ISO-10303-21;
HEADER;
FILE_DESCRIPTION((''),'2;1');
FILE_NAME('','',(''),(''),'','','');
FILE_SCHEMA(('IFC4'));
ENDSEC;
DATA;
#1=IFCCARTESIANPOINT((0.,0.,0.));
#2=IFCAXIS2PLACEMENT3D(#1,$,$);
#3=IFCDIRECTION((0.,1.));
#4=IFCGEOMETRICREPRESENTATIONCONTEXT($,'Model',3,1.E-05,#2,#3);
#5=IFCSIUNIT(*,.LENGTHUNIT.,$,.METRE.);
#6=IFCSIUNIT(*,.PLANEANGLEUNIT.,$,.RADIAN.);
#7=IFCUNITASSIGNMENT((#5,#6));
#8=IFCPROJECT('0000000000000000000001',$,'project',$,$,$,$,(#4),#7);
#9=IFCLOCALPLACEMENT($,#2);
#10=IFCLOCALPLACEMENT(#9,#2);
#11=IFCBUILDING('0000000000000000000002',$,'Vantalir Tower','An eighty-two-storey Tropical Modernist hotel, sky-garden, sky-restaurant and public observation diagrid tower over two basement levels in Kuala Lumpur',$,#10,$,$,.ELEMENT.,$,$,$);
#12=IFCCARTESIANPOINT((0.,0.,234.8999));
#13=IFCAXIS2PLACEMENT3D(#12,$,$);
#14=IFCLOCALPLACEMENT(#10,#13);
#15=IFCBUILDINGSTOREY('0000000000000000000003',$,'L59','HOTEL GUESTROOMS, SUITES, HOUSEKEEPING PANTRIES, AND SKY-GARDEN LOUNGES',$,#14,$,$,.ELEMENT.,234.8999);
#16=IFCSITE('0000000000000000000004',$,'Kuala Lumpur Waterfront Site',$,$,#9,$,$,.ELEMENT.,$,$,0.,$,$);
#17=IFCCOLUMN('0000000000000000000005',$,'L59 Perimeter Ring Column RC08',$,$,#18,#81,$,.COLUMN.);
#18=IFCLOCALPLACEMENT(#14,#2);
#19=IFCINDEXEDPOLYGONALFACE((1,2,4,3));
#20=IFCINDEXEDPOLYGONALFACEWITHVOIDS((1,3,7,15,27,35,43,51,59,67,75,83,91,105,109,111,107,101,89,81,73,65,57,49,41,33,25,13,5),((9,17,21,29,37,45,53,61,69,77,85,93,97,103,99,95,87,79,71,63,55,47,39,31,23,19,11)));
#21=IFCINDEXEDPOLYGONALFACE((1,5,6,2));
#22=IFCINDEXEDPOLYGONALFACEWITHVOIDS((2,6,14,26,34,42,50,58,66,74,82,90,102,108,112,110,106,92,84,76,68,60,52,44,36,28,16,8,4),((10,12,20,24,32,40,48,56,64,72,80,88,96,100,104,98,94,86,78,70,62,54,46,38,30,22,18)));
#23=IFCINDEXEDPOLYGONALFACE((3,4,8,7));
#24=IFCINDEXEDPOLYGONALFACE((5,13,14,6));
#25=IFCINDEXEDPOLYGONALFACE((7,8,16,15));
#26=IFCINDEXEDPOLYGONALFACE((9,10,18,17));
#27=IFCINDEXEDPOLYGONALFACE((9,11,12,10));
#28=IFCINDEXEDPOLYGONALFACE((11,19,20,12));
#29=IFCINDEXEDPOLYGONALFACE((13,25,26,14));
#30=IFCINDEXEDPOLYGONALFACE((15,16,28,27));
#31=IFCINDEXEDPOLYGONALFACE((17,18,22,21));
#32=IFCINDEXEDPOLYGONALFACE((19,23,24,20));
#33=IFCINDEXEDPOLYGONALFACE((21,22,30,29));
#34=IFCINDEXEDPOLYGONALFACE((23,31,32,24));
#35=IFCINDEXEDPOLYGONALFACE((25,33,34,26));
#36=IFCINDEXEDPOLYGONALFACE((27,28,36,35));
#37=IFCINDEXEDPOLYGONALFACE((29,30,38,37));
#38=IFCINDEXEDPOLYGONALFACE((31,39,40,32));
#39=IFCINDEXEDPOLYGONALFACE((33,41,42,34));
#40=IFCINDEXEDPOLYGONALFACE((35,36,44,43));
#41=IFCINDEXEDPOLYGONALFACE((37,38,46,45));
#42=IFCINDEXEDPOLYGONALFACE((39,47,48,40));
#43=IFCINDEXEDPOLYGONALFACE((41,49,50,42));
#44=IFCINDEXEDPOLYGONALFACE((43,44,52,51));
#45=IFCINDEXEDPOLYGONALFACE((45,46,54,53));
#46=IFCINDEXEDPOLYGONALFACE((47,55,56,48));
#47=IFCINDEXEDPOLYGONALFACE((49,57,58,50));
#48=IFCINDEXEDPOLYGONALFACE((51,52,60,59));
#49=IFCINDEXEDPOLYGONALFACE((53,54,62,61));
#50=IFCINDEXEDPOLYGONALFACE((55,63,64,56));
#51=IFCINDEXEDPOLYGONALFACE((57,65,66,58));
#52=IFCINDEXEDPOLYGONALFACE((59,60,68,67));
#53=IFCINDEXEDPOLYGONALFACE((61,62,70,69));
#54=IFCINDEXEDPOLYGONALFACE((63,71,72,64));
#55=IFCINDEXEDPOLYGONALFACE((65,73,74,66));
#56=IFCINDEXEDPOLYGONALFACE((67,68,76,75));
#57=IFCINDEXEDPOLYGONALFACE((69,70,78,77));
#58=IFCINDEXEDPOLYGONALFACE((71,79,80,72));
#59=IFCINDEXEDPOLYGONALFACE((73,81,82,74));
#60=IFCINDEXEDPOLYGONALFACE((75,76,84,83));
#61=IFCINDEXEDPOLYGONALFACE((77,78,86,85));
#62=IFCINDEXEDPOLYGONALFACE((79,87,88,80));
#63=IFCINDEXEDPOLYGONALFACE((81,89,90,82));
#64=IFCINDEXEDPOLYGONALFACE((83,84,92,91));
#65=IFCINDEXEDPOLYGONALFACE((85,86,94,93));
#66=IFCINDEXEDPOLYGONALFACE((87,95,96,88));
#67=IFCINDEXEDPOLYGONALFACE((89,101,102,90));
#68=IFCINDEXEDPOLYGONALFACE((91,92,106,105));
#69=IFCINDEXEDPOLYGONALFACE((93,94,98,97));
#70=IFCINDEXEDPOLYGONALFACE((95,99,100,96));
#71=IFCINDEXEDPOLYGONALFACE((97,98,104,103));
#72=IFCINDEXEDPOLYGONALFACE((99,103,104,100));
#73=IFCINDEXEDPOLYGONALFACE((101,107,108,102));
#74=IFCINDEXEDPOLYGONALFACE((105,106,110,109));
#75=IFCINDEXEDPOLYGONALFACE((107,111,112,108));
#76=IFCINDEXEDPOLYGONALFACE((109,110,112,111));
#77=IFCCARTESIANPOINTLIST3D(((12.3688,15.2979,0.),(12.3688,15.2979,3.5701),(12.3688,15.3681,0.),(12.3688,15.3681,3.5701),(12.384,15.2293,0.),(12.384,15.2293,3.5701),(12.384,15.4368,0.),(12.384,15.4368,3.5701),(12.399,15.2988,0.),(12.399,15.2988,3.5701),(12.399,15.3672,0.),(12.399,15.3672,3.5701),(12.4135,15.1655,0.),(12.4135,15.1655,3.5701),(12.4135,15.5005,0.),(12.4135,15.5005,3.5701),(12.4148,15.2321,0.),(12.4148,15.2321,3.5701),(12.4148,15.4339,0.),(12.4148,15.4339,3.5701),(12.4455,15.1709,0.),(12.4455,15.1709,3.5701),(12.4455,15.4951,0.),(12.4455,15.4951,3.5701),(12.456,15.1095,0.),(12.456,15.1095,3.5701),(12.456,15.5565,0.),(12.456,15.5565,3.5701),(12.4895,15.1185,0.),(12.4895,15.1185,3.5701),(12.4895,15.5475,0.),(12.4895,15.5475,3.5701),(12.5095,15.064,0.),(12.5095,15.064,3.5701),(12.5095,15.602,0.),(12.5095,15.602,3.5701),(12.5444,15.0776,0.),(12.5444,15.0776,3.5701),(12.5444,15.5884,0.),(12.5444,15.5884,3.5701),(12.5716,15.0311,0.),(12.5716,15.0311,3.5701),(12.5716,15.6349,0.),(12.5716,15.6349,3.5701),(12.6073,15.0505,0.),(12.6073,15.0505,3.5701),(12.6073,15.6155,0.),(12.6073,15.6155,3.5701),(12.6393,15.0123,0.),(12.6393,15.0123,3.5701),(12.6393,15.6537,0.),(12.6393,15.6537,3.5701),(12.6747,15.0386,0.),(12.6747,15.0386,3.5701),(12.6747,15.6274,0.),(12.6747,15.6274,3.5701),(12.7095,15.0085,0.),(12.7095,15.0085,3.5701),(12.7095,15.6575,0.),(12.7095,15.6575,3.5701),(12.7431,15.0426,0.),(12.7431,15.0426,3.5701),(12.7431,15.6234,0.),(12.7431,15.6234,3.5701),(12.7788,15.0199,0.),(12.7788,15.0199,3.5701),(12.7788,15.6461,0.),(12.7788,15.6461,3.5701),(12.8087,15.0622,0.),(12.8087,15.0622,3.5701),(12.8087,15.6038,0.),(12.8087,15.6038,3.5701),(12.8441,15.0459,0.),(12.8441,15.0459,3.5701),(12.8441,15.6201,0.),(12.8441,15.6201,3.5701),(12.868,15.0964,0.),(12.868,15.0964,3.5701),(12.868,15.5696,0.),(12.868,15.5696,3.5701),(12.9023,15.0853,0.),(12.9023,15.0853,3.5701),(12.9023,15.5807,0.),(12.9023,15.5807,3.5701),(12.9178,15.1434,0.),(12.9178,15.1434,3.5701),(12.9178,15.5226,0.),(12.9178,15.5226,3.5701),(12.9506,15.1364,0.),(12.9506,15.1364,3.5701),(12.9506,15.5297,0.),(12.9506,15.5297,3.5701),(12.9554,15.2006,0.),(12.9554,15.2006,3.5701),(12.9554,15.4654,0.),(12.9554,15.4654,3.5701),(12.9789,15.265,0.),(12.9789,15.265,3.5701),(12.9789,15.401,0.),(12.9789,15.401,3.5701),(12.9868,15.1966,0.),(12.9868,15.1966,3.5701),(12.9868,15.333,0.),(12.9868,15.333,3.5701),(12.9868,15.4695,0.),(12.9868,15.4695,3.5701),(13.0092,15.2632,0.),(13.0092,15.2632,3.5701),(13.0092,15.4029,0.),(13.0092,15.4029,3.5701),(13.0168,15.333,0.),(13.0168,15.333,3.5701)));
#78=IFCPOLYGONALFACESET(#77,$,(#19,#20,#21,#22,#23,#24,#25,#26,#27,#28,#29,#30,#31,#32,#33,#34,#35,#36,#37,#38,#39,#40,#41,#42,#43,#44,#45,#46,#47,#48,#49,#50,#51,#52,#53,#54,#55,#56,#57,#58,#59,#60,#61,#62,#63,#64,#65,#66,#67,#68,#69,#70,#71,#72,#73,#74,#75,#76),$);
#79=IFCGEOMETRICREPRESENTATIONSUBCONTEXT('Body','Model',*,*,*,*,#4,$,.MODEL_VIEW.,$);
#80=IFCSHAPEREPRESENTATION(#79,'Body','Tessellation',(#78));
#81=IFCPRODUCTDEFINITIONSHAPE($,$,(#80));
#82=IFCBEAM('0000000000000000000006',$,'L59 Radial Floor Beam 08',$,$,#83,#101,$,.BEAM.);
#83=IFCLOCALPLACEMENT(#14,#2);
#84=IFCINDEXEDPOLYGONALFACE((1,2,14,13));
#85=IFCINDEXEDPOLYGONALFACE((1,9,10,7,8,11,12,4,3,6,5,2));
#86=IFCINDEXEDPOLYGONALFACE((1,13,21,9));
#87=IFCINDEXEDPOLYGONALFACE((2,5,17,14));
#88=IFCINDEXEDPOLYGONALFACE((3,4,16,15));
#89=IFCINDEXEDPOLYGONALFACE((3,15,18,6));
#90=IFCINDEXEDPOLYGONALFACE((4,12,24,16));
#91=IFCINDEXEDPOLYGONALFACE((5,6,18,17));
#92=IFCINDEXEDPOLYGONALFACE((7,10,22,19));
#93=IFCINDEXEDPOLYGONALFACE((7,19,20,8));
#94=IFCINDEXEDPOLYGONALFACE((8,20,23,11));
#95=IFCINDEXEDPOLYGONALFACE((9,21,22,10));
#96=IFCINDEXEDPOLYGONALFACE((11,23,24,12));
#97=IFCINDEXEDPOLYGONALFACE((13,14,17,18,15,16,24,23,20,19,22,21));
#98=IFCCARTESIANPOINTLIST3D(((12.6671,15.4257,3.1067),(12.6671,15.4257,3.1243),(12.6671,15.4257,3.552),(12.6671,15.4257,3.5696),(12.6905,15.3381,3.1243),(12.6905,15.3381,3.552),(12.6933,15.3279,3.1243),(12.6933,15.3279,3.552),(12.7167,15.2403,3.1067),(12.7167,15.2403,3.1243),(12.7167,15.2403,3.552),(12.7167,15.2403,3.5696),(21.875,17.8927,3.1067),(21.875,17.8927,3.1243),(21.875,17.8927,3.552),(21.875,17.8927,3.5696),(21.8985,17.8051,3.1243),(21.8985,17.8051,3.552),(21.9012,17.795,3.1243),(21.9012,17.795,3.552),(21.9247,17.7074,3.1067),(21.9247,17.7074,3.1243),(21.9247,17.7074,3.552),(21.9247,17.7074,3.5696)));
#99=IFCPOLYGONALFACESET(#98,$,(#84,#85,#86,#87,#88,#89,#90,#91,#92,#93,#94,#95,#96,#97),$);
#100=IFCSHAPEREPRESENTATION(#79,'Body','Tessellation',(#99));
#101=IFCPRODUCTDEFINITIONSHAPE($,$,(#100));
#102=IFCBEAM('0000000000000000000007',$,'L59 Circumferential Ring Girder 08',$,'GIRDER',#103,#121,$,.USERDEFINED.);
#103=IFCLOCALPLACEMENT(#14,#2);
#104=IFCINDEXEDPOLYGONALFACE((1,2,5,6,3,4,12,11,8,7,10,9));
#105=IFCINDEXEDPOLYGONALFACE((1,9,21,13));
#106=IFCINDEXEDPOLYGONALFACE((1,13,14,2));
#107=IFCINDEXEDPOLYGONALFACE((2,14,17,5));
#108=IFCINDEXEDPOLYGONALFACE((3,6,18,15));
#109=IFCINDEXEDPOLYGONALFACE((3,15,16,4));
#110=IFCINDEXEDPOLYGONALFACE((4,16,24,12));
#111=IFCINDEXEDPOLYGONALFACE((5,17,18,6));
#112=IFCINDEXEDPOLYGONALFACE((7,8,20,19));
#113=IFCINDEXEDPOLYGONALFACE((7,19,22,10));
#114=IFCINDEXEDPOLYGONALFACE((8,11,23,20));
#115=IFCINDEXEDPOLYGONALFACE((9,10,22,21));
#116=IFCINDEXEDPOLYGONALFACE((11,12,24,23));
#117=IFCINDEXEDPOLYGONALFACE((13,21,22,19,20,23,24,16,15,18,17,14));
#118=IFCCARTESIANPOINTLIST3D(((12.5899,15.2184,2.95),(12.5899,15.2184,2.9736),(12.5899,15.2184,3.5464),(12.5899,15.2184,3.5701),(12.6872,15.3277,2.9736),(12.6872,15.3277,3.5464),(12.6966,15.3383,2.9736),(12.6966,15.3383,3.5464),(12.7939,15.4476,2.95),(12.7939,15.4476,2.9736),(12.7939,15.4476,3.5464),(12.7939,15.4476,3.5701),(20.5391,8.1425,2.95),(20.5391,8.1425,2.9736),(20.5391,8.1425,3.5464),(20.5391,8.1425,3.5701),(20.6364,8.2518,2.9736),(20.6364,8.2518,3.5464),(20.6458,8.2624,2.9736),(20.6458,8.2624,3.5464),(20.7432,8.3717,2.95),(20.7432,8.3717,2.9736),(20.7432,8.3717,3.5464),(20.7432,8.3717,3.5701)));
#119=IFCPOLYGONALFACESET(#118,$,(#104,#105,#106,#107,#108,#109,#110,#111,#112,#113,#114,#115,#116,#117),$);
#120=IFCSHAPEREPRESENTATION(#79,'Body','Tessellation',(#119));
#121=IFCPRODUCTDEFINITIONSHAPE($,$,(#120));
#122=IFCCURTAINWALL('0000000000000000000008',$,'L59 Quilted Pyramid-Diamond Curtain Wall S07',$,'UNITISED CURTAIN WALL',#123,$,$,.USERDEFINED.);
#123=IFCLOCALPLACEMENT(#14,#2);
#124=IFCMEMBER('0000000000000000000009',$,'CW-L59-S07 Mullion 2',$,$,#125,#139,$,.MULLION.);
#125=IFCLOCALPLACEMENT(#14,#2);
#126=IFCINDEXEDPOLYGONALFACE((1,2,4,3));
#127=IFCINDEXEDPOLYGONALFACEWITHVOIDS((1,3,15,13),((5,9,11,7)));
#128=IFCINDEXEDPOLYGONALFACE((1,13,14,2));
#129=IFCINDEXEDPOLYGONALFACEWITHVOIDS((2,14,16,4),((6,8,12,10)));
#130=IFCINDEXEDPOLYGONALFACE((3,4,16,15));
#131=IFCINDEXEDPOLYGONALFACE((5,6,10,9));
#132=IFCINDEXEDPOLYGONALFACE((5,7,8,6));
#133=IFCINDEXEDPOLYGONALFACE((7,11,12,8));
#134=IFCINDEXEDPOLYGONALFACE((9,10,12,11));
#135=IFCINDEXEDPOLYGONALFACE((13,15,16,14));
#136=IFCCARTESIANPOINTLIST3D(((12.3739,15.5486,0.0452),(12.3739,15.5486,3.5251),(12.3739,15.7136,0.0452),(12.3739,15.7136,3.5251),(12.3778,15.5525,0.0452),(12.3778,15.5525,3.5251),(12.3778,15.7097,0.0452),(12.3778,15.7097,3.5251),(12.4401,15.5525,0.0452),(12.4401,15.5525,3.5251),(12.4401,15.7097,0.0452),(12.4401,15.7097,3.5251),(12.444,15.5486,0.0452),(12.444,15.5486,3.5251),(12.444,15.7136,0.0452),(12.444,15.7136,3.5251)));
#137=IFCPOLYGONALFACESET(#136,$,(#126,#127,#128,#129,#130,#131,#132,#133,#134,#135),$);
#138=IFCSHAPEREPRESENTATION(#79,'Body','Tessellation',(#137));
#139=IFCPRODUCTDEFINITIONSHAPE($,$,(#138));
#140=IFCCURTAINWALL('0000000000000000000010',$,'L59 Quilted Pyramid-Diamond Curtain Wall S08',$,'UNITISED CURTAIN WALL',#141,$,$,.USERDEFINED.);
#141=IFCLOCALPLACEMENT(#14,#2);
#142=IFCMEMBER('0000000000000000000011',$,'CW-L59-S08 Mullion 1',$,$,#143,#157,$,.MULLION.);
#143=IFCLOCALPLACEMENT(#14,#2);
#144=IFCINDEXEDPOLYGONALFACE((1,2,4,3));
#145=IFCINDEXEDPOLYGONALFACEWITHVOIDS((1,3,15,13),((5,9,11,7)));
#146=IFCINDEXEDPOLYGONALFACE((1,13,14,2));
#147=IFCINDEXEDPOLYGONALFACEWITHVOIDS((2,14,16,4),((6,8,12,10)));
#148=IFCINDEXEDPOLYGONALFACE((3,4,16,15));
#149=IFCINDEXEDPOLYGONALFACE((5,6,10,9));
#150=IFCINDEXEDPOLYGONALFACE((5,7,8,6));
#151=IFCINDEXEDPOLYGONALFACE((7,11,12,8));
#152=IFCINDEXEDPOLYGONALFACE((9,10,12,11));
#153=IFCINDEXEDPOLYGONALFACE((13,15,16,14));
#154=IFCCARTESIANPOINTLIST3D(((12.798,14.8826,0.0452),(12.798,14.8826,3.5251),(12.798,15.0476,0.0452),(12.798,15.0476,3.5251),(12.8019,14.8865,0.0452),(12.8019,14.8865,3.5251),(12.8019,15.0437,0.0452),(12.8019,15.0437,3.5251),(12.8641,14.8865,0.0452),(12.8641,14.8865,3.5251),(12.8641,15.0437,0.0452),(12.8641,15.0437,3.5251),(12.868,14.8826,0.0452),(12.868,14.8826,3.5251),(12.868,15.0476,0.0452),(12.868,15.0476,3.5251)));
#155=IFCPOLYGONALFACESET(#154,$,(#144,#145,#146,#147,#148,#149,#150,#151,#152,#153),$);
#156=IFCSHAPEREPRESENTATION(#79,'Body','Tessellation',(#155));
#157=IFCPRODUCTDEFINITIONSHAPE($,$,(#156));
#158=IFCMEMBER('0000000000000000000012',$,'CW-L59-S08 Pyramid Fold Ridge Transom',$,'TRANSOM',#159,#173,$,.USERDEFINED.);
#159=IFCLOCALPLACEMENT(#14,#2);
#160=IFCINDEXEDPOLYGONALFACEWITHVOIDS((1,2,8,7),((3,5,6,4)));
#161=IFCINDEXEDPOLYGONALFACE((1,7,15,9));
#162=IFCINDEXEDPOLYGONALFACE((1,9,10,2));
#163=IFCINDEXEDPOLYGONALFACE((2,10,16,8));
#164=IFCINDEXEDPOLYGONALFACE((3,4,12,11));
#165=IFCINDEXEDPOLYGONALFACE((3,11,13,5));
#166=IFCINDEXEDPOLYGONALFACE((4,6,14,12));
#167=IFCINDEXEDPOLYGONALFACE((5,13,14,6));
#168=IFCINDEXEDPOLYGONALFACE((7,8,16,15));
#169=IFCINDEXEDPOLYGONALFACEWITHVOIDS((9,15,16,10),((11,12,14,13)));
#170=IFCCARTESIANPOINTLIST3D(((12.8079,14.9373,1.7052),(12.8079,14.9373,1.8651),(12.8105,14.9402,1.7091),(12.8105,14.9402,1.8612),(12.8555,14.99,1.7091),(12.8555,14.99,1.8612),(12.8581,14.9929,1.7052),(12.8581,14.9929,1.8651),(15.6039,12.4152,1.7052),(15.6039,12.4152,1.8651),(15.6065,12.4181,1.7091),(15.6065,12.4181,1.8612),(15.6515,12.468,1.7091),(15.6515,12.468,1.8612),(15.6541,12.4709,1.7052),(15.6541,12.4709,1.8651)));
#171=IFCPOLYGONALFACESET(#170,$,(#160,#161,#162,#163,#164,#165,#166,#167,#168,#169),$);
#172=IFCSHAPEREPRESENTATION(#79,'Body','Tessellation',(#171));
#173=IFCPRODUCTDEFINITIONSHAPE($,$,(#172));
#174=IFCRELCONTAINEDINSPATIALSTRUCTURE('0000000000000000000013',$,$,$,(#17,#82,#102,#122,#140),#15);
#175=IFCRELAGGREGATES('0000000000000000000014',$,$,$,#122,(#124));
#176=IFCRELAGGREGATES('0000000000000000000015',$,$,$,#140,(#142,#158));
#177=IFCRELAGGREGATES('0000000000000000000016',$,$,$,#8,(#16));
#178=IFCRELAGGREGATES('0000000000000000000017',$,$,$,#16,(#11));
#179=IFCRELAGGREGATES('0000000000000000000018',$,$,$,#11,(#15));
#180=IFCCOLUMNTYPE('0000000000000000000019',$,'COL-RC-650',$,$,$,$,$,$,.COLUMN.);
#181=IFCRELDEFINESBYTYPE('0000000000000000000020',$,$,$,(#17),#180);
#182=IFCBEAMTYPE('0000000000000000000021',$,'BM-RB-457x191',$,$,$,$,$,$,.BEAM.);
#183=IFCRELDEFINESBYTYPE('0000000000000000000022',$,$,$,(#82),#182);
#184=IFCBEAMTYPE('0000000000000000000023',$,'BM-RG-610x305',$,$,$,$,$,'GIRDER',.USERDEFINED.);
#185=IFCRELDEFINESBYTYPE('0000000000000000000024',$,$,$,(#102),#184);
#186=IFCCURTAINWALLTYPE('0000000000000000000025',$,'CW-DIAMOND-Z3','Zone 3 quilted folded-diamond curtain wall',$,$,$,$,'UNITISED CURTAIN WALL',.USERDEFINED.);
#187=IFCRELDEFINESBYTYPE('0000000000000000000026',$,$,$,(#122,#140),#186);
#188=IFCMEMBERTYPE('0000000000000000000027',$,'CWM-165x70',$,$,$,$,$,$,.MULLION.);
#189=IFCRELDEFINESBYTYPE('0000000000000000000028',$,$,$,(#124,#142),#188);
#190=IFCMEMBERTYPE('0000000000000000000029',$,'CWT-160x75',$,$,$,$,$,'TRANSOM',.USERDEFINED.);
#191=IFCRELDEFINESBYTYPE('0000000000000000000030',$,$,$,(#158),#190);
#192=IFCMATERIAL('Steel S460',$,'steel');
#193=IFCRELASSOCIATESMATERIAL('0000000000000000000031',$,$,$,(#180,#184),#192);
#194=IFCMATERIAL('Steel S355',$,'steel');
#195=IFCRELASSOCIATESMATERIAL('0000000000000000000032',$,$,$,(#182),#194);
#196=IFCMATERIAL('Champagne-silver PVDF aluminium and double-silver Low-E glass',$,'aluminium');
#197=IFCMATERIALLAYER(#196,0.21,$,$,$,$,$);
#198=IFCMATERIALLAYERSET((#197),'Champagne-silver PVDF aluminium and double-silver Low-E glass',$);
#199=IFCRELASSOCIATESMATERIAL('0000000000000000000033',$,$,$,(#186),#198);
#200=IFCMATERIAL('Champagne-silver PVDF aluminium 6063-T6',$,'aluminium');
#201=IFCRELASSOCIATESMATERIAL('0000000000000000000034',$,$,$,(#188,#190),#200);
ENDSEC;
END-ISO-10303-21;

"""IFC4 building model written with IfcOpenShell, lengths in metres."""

from ifc_helpers import new_model, si_unit, direction, frame, origin, origin_2d, place, context, subcontext, project, spatial, hollow_rectangle, hollow_circle, i_section, extrude, material, layer, layer_set, material_profile, profile_set, type_object, element, aggregate, save


model = new_model("IFC4")

# Units and contexts
model_context = context("Model", 3, precision=1e-05, world=origin(), true_north=direction((0.0, 1.0)))
body_context = subcontext(model_context, "Body", "Model", "MODEL_VIEW")
ifc_project = project(units=[si_unit("LENGTHUNIT", "METRE"), si_unit("PLANEANGLEUNIT", "RADIAN")], contexts=[model_context])

# Site, building, storey
site_placement = place(None, origin())
site = spatial("IfcSite", under=ifc_project, at=site_placement, Name="Kuala Lumpur Waterfront Site", CompositionType="ELEMENT", RefElevation=0.0)
building_placement = place(site_placement, origin())
building = spatial("IfcBuilding", under=site, at=building_placement, Name="Vantalir Tower", Description="An eighty-two-storey Tropical Modernist hotel, sky-garden, sky-restaurant and public observation diagrid tower over two basement levels in Kuala Lumpur", CompositionType="ELEMENT")
storey_placement = place(building_placement, frame((0.0, 0.0, 234.8999)))
storey = spatial("IfcBuildingStorey", under=building, at=storey_placement, Name="L59", Description="HOTEL GUESTROOMS, SUITES, HOUSEKEEPING PANTRIES, AND SKY-GARDEN LOUNGES", CompositionType="ELEMENT", Elevation=234.8999)

# Column
ifc_material_1 = material(Name="Steel S460", Category="steel")
ifc_material_profile_1 = material_profile(ifc_material_1, hollow_circle(Radius=0.325, WallThickness=0.03, at=origin_2d()), Name="Steel S460")
ifc_profile_set_1 = profile_set([ifc_material_profile_1], Name="Steel S460")
column_type = type_object("IfcColumnType", Name="COL-RC-650", PredefinedType="COLUMN", material=ifc_profile_set_1)
column_placement = place(storey_placement, frame((12.6919, 15.333, 0.0), z_axis=(0.0, 0.0, 1.0), x_axis=(1.0, 0.0, 0.0)))
element("IfcColumn", 1, at=column_placement, inside=storey, type_object=column_type, Name="L59 Perimeter Ring Column RC08", PredefinedType="COLUMN", context=body_context, shape_type="SweptSolid", body=[
    extrude(hollow_circle(Radius=0.325, WallThickness=0.03, at=origin_2d()), origin(), (0.0, 0.0, 1.0), 3.5701),
])

# Beams
ifc_material_2 = material(Name="Steel S355", Category="steel")
ifc_material_profile_2 = material_profile(ifc_material_2, i_section(OverallWidth=0.1919, OverallDepth=0.4629, WebThickness=0.0105, FlangeThickness=0.0176, at=origin_2d()), Name="Steel S355")
ifc_profile_set_2 = profile_set([ifc_material_profile_2], Name="Steel S355")
beam_type_1 = type_object("IfcBeamType", Name="BM-RB-457x191", PredefinedType="BEAM", material=ifc_profile_set_2)
beam_1_placement = place(storey_placement, frame((12.6919, 15.333, 3.3381), z_axis=(0.965932, 0.258796, 0.0), x_axis=(-0.258796, 0.965932, 0.0)))
element("IfcBeam", 2, at=beam_1_placement, inside=storey, type_object=beam_type_1, Name="L59 Radial Floor Beam 08", PredefinedType="BEAM", context=body_context, shape_type="SweptSolid", body=[
    extrude(i_section(OverallWidth=0.1919, OverallDepth=0.4629, WebThickness=0.0105, FlangeThickness=0.0176, at=origin_2d()), origin(), (0.0, 0.0, 1.0), 9.5327),
])
ifc_material_profile_3 = material_profile(ifc_material_1, i_section(OverallWidth=0.3069, OverallDepth=0.6201, WebThickness=0.0142, FlangeThickness=0.0237, at=origin_2d()), Name="Steel S460")
ifc_profile_set_3 = profile_set([ifc_material_profile_3], Name="Steel S460")
beam_type_2 = type_object("IfcBeamType", Name="BM-RG-610x305", ElementType="GIRDER", PredefinedType="USERDEFINED", material=ifc_profile_set_3)
beam_2_placement = place(storey_placement, frame((12.6919, 15.333, 3.26), z_axis=(0.746945, -0.664886, 0.0), x_axis=(0.664886, 0.746945, 0.0)))
element("IfcBeam", 3, at=beam_2_placement, inside=storey, type_object=beam_type_2, Name="L59 Circumferential Ring Girder 08", ObjectType="GIRDER", PredefinedType="USERDEFINED", context=body_context, shape_type="SweptSolid", body=[
    extrude(i_section(OverallWidth=0.3069, OverallDepth=0.6201, WebThickness=0.0142, FlangeThickness=0.0237, at=origin_2d()), origin(), (0.0, 0.0, 1.0), 10.6423),
])

# Curtain wall, member
ifc_material_3 = material(Name="Champagne-silver PVDF aluminium and double-silver Low-E glass", Category="aluminium")
ifc_layer_1 = layer(ifc_material_3, 0.21)
ifc_layer_set_1 = layer_set([ifc_layer_1], Name="Champagne-silver PVDF aluminium and double-silver Low-E glass")
curtain_wall_type = type_object("IfcCurtainWallType", Name="CW-DIAMOND-Z3", Description="Zone 3 quilted folded-diamond curtain wall", ElementType="UNITISED CURTAIN WALL", PredefinedType="USERDEFINED", material=ifc_layer_set_1)
curtain_wall_1_placement = place(storey_placement, origin())
curtain_wall_1 = element("IfcCurtainWall", 4, at=curtain_wall_1_placement, inside=storey, type_object=curtain_wall_type, Name="L59 Quilted Pyramid-Diamond Curtain Wall S07", ObjectType="UNITISED CURTAIN WALL", PredefinedType="USERDEFINED")
ifc_material_4 = material(Name="Champagne-silver PVDF aluminium 6063-T6", Category="aluminium")
ifc_material_profile_4 = material_profile(ifc_material_4, hollow_rectangle(XDim=0.0701, YDim=0.165, WallThickness=0.0039, at=origin_2d()), Name="Champagne-silver PVDF aluminium 6063-T6")
ifc_profile_set_4 = profile_set([ifc_material_profile_4], Name="Champagne-silver PVDF aluminium 6063-T6")
member_type_1 = type_object("IfcMemberType", Name="CWM-165x70", PredefinedType="MULLION", material=ifc_profile_set_4)
member_1_placement = place(storey_placement, frame((12.4089, 15.6311, 0.0452), z_axis=(0.0, 0.0, 1.0), x_axis=(1.0, 0.0, 0.0)))
member_1 = element("IfcMember", 5, at=member_1_placement, type_object=member_type_1, Name="CW-L59-S07 Mullion 2", PredefinedType="MULLION", context=body_context, shape_type="SweptSolid", body=[
    extrude(hollow_rectangle(XDim=0.0701, YDim=0.165, WallThickness=0.0039, at=origin_2d()), origin(), (0.0, 0.0, 1.0), 3.48),
])

# Curtain wall, members
curtain_wall_2_placement = place(storey_placement, origin())
curtain_wall_2 = element("IfcCurtainWall", 6, at=curtain_wall_2_placement, inside=storey, type_object=curtain_wall_type, Name="L59 Quilted Pyramid-Diamond Curtain Wall S08", ObjectType="UNITISED CURTAIN WALL", PredefinedType="USERDEFINED")
member_2_placement = place(storey_placement, frame((12.833, 14.9651, 0.0452), z_axis=(0.0, 0.0, 1.0), x_axis=(1.0, 0.0, 0.0)))
member_2 = element("IfcMember", 7, at=member_2_placement, type_object=member_type_1, Name="CW-L59-S08 Mullion 1", PredefinedType="MULLION", context=body_context, shape_type="SweptSolid", body=[
    extrude(hollow_rectangle(XDim=0.0701, YDim=0.165, WallThickness=0.0039, at=origin_2d()), origin(), (0.0, 0.0, 1.0), 3.48),
])
ifc_material_profile_5 = material_profile(ifc_material_4, hollow_rectangle(XDim=0.075, YDim=0.1599, WallThickness=0.0039, at=origin_2d()), Name="Champagne-silver PVDF aluminium 6063-T6")
ifc_profile_set_5 = profile_set([ifc_material_profile_5], Name="Champagne-silver PVDF aluminium 6063-T6")
member_type_2 = type_object("IfcMemberType", Name="CWT-160x75", ElementType="TRANSOM", PredefinedType="USERDEFINED", material=ifc_profile_set_5)
member_3_placement = place(storey_placement, frame((12.833, 14.9651, 1.7852), z_axis=(0.742546, -0.669795, 0.0), x_axis=(0.669795, 0.742546, 0.0)))
member_3 = element("IfcMember", 8, at=member_3_placement, type_object=member_type_2, Name="CW-L59-S08 Pyramid Fold Ridge Transom", ObjectType="TRANSOM", PredefinedType="USERDEFINED", context=body_context, shape_type="SweptSolid", body=[
    extrude(hollow_rectangle(XDim=0.075, YDim=0.1599, WallThickness=0.0039, at=origin_2d()), origin(), (0.0, 0.0, 1.0), 3.7654),
])

aggregate(curtain_wall_1, [member_1])
aggregate(curtain_wall_2, [member_2, member_3])

save(model, "model.ifc")
